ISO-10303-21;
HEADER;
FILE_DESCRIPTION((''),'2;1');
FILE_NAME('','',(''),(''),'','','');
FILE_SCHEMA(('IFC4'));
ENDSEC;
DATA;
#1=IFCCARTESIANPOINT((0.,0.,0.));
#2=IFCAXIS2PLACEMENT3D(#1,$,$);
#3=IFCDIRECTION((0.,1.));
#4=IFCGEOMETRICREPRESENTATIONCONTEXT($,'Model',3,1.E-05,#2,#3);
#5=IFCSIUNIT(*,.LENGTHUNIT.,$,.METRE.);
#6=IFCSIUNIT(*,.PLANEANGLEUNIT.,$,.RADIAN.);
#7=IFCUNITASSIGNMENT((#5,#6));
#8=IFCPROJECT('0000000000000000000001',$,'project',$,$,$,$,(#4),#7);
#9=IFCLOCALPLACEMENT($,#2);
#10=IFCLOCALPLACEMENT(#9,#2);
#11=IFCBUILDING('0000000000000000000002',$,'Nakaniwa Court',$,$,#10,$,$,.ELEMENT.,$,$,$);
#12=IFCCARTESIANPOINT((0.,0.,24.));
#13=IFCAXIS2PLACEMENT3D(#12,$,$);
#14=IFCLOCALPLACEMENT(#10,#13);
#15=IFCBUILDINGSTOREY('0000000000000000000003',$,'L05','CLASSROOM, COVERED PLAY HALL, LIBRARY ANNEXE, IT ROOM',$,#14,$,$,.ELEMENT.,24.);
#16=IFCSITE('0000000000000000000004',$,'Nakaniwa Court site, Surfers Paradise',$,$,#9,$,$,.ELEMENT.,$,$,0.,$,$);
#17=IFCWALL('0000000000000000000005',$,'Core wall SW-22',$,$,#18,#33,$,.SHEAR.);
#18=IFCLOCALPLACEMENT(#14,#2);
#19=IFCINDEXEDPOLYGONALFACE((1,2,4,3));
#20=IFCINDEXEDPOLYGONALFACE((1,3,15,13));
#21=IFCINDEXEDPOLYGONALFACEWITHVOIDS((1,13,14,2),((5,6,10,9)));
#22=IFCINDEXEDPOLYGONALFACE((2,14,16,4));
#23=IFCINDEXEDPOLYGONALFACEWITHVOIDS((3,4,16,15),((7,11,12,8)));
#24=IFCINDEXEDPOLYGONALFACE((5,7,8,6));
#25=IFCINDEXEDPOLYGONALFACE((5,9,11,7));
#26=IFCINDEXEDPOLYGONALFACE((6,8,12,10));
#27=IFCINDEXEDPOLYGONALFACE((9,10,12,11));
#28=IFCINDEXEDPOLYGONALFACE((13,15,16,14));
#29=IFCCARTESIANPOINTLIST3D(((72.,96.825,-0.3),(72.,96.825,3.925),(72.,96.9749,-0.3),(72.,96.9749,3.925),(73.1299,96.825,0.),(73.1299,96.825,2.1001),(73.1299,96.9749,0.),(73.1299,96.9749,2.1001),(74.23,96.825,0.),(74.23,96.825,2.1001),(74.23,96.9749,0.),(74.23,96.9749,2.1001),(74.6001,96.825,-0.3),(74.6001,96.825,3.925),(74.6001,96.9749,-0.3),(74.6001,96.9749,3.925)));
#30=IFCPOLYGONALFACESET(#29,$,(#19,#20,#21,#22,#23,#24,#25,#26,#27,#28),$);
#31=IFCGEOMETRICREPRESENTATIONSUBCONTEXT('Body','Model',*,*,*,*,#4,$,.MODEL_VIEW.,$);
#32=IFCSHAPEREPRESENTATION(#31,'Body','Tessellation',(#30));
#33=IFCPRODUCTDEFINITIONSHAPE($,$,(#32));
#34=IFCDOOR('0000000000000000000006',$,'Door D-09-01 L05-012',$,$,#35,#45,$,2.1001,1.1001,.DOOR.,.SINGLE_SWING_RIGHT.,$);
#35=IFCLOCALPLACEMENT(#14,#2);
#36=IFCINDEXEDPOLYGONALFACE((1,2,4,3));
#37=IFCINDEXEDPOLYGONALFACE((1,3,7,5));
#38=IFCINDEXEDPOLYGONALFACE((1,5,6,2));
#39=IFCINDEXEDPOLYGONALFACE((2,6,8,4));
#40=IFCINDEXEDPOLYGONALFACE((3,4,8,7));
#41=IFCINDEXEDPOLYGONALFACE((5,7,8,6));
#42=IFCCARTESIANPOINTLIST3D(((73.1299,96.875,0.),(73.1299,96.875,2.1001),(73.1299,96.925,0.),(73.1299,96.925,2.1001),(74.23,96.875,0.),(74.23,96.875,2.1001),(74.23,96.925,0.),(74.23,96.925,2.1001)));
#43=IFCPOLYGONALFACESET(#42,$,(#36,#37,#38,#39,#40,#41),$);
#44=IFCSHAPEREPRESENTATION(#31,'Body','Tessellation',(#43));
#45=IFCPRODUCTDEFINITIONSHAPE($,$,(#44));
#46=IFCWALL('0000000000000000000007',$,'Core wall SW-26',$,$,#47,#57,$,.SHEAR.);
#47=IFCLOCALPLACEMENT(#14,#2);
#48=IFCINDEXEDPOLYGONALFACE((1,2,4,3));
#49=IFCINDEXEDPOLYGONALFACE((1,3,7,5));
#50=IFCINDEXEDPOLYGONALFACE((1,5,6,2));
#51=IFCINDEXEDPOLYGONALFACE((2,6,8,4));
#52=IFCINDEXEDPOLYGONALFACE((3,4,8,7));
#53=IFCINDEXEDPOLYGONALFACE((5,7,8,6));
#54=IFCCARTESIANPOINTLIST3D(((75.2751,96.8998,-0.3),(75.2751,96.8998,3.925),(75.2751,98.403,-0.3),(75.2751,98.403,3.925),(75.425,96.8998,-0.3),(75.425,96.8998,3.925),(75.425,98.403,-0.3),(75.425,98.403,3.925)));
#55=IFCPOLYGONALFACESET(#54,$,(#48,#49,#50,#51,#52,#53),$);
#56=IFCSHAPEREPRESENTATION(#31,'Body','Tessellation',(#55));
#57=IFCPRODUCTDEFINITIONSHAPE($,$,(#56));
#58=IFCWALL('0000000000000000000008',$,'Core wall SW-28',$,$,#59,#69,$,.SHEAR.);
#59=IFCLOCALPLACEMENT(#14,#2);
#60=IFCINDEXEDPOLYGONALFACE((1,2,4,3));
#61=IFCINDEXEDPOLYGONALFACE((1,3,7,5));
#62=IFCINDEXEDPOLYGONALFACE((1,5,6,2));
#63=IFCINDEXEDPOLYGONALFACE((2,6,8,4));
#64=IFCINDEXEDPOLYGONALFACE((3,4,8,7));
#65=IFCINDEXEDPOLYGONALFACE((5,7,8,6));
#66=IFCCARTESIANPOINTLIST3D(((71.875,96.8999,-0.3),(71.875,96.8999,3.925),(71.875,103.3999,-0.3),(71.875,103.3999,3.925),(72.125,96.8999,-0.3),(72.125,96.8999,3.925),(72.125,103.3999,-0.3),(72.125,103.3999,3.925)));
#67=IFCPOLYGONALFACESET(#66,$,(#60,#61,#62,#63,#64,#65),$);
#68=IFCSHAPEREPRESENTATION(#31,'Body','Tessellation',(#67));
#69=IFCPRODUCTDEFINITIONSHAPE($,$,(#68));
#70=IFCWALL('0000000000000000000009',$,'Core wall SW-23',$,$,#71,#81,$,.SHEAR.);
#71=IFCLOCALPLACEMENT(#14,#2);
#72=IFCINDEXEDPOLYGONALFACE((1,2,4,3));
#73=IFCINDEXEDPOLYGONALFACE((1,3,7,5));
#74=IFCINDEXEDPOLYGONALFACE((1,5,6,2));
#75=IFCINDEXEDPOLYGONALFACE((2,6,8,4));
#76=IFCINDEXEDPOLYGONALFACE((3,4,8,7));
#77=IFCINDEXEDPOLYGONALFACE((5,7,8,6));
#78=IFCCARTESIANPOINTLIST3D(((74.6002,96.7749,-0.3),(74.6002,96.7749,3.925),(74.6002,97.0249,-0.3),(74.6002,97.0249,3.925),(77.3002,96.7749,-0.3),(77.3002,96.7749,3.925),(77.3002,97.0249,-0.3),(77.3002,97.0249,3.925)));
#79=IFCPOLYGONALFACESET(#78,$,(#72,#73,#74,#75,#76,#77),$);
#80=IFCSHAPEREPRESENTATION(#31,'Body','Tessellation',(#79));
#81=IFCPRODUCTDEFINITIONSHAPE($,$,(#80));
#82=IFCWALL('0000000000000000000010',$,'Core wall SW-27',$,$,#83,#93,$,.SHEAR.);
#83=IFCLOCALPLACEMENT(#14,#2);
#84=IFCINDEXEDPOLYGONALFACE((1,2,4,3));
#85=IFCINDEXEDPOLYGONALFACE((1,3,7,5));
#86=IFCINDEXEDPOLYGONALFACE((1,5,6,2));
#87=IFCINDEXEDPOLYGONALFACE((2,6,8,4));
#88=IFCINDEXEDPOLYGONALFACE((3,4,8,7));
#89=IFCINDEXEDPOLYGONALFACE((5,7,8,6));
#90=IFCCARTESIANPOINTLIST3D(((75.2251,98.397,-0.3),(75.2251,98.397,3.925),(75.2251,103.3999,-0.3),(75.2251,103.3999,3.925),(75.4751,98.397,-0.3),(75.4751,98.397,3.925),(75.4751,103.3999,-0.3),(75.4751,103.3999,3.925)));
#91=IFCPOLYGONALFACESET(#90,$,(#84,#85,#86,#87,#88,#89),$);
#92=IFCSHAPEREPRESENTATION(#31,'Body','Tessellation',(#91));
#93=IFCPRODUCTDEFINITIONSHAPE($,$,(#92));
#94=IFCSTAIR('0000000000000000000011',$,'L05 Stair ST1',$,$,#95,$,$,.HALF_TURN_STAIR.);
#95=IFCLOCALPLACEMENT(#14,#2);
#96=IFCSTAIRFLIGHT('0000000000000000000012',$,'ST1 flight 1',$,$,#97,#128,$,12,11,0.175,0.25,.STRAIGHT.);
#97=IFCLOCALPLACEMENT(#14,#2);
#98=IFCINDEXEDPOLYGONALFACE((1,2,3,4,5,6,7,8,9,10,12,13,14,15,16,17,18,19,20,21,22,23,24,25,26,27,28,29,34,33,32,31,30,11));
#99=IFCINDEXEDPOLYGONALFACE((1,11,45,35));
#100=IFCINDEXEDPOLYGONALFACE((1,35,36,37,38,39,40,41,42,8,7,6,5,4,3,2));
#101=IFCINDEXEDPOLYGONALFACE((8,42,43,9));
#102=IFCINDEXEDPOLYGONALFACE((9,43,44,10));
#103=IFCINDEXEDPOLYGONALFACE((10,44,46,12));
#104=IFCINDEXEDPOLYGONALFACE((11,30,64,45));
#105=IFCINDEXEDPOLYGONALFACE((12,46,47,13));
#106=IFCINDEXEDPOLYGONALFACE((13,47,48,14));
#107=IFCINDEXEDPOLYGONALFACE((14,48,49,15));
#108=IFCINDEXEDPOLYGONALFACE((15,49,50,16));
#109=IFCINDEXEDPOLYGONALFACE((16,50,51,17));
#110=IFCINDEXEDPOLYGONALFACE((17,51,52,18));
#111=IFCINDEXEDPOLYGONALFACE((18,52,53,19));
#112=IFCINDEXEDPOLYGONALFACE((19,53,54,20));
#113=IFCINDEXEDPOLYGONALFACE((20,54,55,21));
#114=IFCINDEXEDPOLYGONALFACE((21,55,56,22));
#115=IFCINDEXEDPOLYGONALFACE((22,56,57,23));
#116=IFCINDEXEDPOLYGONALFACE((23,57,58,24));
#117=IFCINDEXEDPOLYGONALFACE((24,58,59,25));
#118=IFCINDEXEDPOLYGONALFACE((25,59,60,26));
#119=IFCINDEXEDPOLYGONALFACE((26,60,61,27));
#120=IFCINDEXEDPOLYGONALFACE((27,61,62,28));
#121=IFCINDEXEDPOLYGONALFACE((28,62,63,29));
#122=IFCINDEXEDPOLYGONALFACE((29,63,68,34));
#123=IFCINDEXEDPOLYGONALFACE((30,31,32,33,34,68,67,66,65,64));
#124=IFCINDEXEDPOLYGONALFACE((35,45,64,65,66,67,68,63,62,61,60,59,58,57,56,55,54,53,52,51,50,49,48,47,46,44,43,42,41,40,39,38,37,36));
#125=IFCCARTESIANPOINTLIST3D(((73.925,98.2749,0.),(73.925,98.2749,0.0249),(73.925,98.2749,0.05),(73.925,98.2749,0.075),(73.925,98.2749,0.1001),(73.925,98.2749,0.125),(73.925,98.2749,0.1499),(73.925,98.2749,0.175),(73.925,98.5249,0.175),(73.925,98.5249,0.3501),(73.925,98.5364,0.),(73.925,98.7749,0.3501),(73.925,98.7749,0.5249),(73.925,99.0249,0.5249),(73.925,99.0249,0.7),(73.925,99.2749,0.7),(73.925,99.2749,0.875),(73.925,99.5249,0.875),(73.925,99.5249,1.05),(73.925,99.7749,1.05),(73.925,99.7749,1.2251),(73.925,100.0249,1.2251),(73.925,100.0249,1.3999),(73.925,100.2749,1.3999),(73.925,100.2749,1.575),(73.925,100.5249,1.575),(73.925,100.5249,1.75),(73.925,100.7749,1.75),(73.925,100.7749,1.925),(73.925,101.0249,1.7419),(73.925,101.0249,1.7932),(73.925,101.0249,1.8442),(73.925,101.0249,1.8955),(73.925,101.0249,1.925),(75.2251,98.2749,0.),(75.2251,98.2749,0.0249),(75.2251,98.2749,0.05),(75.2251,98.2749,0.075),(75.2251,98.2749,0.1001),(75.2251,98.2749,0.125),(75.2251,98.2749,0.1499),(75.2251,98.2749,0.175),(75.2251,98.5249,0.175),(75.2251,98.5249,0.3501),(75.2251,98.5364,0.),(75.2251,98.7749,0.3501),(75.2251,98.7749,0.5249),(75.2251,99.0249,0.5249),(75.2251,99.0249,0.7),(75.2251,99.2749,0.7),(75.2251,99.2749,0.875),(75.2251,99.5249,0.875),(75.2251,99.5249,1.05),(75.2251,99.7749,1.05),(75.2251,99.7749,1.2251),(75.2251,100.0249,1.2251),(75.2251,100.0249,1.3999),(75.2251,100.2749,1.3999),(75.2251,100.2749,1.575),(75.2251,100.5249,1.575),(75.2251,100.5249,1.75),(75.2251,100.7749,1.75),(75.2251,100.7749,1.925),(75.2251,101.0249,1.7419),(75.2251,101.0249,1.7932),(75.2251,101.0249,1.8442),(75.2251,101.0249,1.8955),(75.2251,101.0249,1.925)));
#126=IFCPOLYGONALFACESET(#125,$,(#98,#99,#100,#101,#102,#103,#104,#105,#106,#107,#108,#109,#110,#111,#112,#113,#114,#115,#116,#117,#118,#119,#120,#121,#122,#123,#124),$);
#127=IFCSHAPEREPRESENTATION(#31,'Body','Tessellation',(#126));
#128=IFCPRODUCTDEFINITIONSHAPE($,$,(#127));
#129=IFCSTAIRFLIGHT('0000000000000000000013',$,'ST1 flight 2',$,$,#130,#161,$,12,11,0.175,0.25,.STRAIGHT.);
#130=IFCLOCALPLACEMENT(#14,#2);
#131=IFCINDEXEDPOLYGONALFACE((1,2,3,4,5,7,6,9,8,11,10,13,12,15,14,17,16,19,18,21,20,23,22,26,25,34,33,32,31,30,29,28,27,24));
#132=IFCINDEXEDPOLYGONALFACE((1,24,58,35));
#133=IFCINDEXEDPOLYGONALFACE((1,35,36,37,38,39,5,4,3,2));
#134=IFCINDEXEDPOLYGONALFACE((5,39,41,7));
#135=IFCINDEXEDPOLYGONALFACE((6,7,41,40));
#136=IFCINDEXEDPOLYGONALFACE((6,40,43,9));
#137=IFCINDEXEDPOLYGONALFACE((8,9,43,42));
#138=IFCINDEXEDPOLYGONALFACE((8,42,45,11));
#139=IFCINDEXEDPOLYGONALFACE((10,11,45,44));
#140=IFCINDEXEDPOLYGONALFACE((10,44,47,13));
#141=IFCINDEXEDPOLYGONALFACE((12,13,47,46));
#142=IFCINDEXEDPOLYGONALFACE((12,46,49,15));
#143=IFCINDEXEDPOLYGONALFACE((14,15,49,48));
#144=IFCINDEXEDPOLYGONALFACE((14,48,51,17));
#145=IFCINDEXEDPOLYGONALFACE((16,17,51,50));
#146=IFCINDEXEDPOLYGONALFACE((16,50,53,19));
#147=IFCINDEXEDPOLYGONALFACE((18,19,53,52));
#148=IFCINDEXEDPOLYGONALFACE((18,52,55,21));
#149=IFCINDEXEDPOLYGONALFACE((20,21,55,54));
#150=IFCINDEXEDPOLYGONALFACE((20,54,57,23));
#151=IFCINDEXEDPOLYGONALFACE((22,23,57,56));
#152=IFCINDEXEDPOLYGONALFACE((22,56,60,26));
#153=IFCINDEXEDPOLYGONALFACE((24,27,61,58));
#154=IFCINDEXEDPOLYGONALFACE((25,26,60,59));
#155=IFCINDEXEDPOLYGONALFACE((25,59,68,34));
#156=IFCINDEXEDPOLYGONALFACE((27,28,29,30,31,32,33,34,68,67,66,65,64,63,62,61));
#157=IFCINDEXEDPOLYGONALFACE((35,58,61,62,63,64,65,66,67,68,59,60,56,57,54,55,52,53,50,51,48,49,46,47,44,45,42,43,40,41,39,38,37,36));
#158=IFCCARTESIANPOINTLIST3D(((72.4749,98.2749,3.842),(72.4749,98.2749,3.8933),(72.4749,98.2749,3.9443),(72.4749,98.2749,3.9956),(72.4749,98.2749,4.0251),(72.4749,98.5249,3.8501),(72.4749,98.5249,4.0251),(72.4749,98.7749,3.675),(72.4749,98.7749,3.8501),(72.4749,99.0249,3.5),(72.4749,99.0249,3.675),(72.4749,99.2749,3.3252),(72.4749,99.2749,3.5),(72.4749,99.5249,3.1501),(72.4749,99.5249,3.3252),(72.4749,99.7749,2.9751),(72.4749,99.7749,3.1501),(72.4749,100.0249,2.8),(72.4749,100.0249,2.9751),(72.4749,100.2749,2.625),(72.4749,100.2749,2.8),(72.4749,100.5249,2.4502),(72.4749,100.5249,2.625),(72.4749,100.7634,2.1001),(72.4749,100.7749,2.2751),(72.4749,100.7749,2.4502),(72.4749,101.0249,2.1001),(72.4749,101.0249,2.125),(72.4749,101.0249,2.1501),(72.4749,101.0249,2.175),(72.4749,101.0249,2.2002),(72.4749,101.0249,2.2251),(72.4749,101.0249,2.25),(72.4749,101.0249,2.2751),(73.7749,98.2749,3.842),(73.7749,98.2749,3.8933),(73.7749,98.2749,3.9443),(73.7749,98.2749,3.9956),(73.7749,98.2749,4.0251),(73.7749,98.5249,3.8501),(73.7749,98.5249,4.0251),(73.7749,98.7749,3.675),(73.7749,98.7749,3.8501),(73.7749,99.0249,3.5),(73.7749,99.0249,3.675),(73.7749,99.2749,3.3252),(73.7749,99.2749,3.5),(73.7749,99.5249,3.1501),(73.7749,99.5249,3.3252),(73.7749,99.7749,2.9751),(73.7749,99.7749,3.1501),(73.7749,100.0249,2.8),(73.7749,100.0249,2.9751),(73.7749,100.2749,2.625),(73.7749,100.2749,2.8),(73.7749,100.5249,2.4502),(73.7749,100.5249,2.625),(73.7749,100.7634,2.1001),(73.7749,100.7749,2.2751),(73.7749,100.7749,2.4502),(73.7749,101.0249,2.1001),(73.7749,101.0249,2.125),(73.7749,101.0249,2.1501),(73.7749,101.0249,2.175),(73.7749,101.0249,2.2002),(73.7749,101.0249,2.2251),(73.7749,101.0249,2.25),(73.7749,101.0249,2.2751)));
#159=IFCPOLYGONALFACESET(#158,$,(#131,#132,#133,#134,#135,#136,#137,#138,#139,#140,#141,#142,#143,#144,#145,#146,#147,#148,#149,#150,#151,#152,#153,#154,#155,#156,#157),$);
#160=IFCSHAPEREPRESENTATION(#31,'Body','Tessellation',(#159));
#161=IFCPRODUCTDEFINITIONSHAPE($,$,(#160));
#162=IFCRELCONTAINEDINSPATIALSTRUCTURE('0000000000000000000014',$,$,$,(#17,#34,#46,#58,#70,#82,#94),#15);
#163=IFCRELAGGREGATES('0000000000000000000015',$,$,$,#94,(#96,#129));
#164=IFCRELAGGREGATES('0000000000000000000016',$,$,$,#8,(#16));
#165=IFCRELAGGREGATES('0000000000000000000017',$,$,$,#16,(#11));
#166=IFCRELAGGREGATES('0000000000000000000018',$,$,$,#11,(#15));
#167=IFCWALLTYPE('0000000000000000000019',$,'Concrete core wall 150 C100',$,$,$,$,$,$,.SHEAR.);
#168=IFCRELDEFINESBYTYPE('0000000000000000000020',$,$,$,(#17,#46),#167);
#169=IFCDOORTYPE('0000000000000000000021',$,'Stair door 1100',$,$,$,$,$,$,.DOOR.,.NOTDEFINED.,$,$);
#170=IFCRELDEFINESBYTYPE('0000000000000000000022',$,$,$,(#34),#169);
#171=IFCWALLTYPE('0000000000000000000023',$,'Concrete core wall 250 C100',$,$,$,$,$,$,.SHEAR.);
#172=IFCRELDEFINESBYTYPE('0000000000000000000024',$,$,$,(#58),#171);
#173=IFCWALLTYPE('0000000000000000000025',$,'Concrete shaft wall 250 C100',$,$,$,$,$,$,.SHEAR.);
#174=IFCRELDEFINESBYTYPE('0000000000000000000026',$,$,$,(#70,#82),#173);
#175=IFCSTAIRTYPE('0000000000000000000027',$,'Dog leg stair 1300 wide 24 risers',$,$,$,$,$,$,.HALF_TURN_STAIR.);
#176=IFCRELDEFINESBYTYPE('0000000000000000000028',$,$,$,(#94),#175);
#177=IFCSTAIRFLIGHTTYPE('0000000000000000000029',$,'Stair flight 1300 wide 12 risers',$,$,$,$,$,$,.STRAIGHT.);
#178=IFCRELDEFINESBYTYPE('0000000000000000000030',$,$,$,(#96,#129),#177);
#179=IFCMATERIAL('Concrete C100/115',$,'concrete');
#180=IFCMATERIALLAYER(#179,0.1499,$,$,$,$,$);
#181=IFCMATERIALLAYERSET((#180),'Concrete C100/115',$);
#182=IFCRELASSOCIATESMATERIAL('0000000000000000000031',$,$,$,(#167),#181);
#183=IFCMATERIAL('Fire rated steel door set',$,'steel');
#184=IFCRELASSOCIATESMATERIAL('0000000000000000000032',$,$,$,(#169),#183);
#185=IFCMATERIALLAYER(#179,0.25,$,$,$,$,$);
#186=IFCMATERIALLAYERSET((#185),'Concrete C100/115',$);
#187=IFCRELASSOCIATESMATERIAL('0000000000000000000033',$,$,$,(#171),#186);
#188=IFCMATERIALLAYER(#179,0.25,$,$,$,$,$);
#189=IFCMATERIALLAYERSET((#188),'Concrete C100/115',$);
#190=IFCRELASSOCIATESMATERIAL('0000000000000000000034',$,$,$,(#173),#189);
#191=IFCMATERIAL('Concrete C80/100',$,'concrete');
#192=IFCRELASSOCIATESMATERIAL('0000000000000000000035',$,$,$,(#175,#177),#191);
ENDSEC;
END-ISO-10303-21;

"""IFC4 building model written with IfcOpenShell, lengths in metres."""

from ifc_helpers import new_model, si_unit, direction, frame, frame_2d, origin, place, context, subcontext, project, spatial, polyline, rectangle, outline, extrude, material, layer, layer_set, type_object, element, fill, aggregate, save


model = new_model("IFC4")

# Units and contexts
model_context = context("Model", 3, precision=1e-05, world=origin(), true_north=direction((0.0, 1.0)))
body_context = subcontext(model_context, "Body", "Model", "MODEL_VIEW")
ifc_project = project(units=[si_unit("LENGTHUNIT", "METRE"), si_unit("PLANEANGLEUNIT", "RADIAN")], contexts=[model_context])

# Site, building, storey
site_placement = place(None, origin())
site = spatial("IfcSite", under=ifc_project, at=site_placement, Name="Nakaniwa Court site, Surfers Paradise", CompositionType="ELEMENT", RefElevation=0.0)
building_placement = place(site_placement, origin())
building = spatial("IfcBuilding", under=site, at=building_placement, Name="Nakaniwa Court", CompositionType="ELEMENT")
storey_placement = place(building_placement, frame((0.0, 0.0, 24.0)))
storey = spatial("IfcBuildingStorey", under=building, at=storey_placement, Name="L05", Description="CLASSROOM, COVERED PLAY HALL, LIBRARY ANNEXE, IT ROOM", CompositionType="ELEMENT", Elevation=24.0)

# Shared definitions
ifc_material_1 = material(Name="Concrete C100/115", Category="concrete")

# Shared definitions
ifc_material_2 = material(Name="Fire rated steel door set", Category="steel")

# Wall, opening, door
ifc_layer_1 = layer(ifc_material_1, 0.1499)
ifc_layer_set_1 = layer_set([ifc_layer_1], Name="Concrete C100/115")
wall_type_1 = type_object("IfcWallType", Name="Concrete core wall 150 C100", PredefinedType="SHEAR", material=ifc_layer_set_1)
wall_1_placement = place(storey_placement, frame((74.6001, 96.8999, -0.3), z_axis=(0.0, 0.0, 1.0), x_axis=(-1.0, 0.0, 0.0)))
wall_1 = element("IfcWall", 1, at=wall_1_placement, inside=storey, type_object=wall_type_1, Name="Core wall SW-22", PredefinedType="SHEAR", context=body_context, shape_type="SweptSolid", body=[
    extrude(rectangle(XDim=2.6001, YDim=0.1499, at=frame_2d((1.3, 0.0))), origin(), (0.0, 0.0, 1.0), 4.2251),
])
opening_1_placement = place(wall_1_placement, frame((0.3701, 0.0, 0.3)))
opening_1 = element("IfcOpeningElement", 2, at=opening_1_placement, cuts=wall_1, PredefinedType="OPENING", context=body_context, shape_type="SweptSolid", body=[
    extrude(rectangle(XDim=1.1001, YDim=2.1001, at=frame_2d((0.55, 1.05))), frame((0.0, 0.085, 0.0), z_axis=(0.0, -1.0, 0.0), x_axis=(1.0, 0.0, 0.0)), (0.0, 0.0, 1.0), 0.1699),
])
door_type_1 = type_object("IfcDoorType", Name="Stair door 1100", OperationType="NOTDEFINED", PredefinedType="DOOR", material=ifc_material_2)
door_1_placement = place(opening_1_placement, origin())
door_1 = element("IfcDoor", 3, at=door_1_placement, inside=storey, type_object=door_type_1, Name="Door D-09-01 L05-012", OperationType="SINGLE_SWING_RIGHT", OverallHeight=2.1001, OverallWidth=1.1001, PredefinedType="DOOR", context=body_context, shape_type="SweptSolid", body=[
    extrude(rectangle(XDim=1.1001, YDim=2.1001, at=frame_2d((0.55, 1.05))), frame((0.0, 0.0249, 0.0), z_axis=(0.0, -1.0, 0.0), x_axis=(1.0, 0.0, 0.0)), (0.0, 0.0, 1.0), 0.05),
])
fill(opening_1, door_1)

# Walls
wall_2_placement = place(storey_placement, frame((75.3501, 96.8999, -0.3), z_axis=(0.0, 0.0, 1.0), x_axis=(0.0, 1.0, 0.0)))
element("IfcWall", 4, at=wall_2_placement, inside=storey, type_object=wall_type_1, Name="Core wall SW-26", PredefinedType="SHEAR", context=body_context, shape_type="SweptSolid", body=[
    extrude(rectangle(XDim=1.5032, YDim=0.1499, at=frame_2d((0.7515, 0.0))), origin(), (0.0, 0.0, 1.0), 4.2251),
])
ifc_layer_2 = layer(ifc_material_1, 0.25)
ifc_layer_set_2 = layer_set([ifc_layer_2], Name="Concrete C100/115")
wall_type_2 = type_object("IfcWallType", Name="Concrete core wall 250 C100", PredefinedType="SHEAR", material=ifc_layer_set_2)
wall_3_placement = place(storey_placement, frame((72.0, 96.8999, -0.3), z_axis=(0.0, 0.0, 1.0), x_axis=(0.0, 1.0, 0.0)))
element("IfcWall", 5, at=wall_3_placement, inside=storey, type_object=wall_type_2, Name="Core wall SW-28", PredefinedType="SHEAR", context=body_context, shape_type="SweptSolid", body=[
    extrude(rectangle(XDim=6.5, YDim=0.25, at=frame_2d((3.25, 0.0))), origin(), (0.0, 0.0, 1.0), 4.2251),
])
ifc_layer_3 = layer(ifc_material_1, 0.25)
ifc_layer_set_3 = layer_set([ifc_layer_3], Name="Concrete C100/115")
wall_type_3 = type_object("IfcWallType", Name="Concrete shaft wall 250 C100", PredefinedType="SHEAR", material=ifc_layer_set_3)
wall_4_placement = place(storey_placement, frame((74.6001, 96.8999, -0.3), z_axis=(0.0, 0.0, 1.0), x_axis=(1.0, 0.0, 0.0)))
element("IfcWall", 6, at=wall_4_placement, inside=storey, type_object=wall_type_3, Name="Core wall SW-23", PredefinedType="SHEAR", context=body_context, shape_type="SweptSolid", body=[
    extrude(rectangle(XDim=2.7, YDim=0.25, at=frame_2d((1.3501, 0.0))), origin(), (0.0, 0.0, 1.0), 4.2251),
])
wall_5_placement = place(storey_placement, frame((75.3501, 98.397, -0.3), z_axis=(0.0, 0.0, 1.0), x_axis=(0.0, 1.0, 0.0)))
element("IfcWall", 7, at=wall_5_placement, inside=storey, type_object=wall_type_3, Name="Core wall SW-27", PredefinedType="SHEAR", context=body_context, shape_type="SweptSolid", body=[
    extrude(rectangle(XDim=5.0029, YDim=0.25, at=frame_2d((2.5015, 0.0))), origin(), (0.0, 0.0, 1.0), 4.2251),
])

# Stair, stair flights
ifc_material_3 = material(Name="Concrete C80/100", Category="concrete")
stair_type = type_object("IfcStairType", Name="Dog leg stair 1300 wide 24 risers", PredefinedType="HALF_TURN_STAIR", material=ifc_material_3)
stair_placement = place(storey_placement, origin())
stair = element("IfcStair", 8, at=stair_placement, inside=storey, type_object=stair_type, Name="L05 Stair ST1", PredefinedType="HALF_TURN_STAIR")
stair_flight_type = type_object("IfcStairFlightType", Name="Stair flight 1300 wide 12 risers", PredefinedType="STRAIGHT", material=ifc_material_3)
stair_flight_1_placement = place(storey_placement, frame((74.575, 98.2749, 0.0), z_axis=(0.0, 0.0, 1.0), x_axis=(0.0, 1.0, 0.0)))
stair_flight_1 = element("IfcStairFlight", 9, at=stair_flight_1_placement, type_object=stair_flight_type, Name="ST1 flight 1", NumberOfRisers=12, NumberOfTreads=11, PredefinedType="STRAIGHT", RiserHeight=0.175, TreadLength=0.25, context=body_context, shape_type="SweptSolid", body=[
    extrude(outline(polyline([(0.0, 0.0), (0.0, 0.0249), (0.0, 0.05), (0.0, 0.075), (0.0, 0.1001), (0.0, 0.125), (0.0, 0.1499), (0.0, 0.175), (0.25, 0.175), (0.25, 0.3501), (0.5, 0.3501), (0.5, 0.5249), (0.75, 0.5249), (0.75, 0.7), (1.0, 0.7), (1.0, 0.875), (1.25, 0.875), (1.25, 1.05), (1.5, 1.05), (1.5, 1.2251), (1.75, 1.2251), (1.75, 1.3999), (2.0, 1.3999), (2.0, 1.575), (2.25, 1.575), (2.25, 1.75), (2.5, 1.75), (2.5, 1.925), (2.75, 1.925), (2.75, 2.1001), (2.75, 2.0488), (2.75, 1.9978), (2.75, 1.9465), (2.75, 1.8955), (2.75, 1.8442), (2.75, 1.7932), (2.75, 1.7419), (0.2615, 0.0), (0.0, 0.0)])), frame((0.0, 0.6499, 0.0), z_axis=(0.0, -1.0, 0.0), x_axis=(1.0, 0.0, 0.0)), (0.0, 0.0, 1.0), 1.3),
])
stair_flight_2_placement = place(storey_placement, frame((73.125, 101.0249, 2.1001), z_axis=(0.0, 0.0, 1.0), x_axis=(0.0, -1.0, 0.0)))
stair_flight_2 = element("IfcStairFlight", 10, at=stair_flight_2_placement, type_object=stair_flight_type, Name="ST1 flight 2", NumberOfRisers=12, NumberOfTreads=11, PredefinedType="STRAIGHT", RiserHeight=0.175, TreadLength=0.25, context=body_context, shape_type="SweptSolid", body=[
    extrude(outline(polyline([(0.0, 0.0), (0.0, 0.0249), (0.0, 0.05), (0.0, 0.075), (0.0, 0.1001), (0.0, 0.125), (0.0, 0.1499), (0.0, 0.175), (0.25, 0.175), (0.25, 0.3501), (0.5, 0.3501), (0.5, 0.5249), (0.75, 0.5249), (0.75, 0.7), (1.0, 0.7), (1.0, 0.875), (1.25, 0.875), (1.25, 1.05), (1.5, 1.05), (1.5, 1.2251), (1.75, 1.2251), (1.75, 1.3999), (2.0, 1.3999), (2.0, 1.575), (2.25, 1.575), (2.25, 1.75), (2.5, 1.75), (2.5, 1.925), (2.75, 1.925), (2.75, 2.1001), (2.75, 2.0488), (2.75, 1.9978), (2.75, 1.9465), (2.75, 1.8955), (2.75, 1.8442), (2.75, 1.7932), (2.75, 1.7419), (0.2615, 0.0), (0.0, 0.0)])), frame((0.0, 0.6499, 0.0), z_axis=(0.0, -1.0, 0.0), x_axis=(1.0, 0.0, 0.0)), (0.0, 0.0, 1.0), 1.3),
])
aggregate(stair, [stair_flight_1, stair_flight_2])

save(model, "model.ifc")
